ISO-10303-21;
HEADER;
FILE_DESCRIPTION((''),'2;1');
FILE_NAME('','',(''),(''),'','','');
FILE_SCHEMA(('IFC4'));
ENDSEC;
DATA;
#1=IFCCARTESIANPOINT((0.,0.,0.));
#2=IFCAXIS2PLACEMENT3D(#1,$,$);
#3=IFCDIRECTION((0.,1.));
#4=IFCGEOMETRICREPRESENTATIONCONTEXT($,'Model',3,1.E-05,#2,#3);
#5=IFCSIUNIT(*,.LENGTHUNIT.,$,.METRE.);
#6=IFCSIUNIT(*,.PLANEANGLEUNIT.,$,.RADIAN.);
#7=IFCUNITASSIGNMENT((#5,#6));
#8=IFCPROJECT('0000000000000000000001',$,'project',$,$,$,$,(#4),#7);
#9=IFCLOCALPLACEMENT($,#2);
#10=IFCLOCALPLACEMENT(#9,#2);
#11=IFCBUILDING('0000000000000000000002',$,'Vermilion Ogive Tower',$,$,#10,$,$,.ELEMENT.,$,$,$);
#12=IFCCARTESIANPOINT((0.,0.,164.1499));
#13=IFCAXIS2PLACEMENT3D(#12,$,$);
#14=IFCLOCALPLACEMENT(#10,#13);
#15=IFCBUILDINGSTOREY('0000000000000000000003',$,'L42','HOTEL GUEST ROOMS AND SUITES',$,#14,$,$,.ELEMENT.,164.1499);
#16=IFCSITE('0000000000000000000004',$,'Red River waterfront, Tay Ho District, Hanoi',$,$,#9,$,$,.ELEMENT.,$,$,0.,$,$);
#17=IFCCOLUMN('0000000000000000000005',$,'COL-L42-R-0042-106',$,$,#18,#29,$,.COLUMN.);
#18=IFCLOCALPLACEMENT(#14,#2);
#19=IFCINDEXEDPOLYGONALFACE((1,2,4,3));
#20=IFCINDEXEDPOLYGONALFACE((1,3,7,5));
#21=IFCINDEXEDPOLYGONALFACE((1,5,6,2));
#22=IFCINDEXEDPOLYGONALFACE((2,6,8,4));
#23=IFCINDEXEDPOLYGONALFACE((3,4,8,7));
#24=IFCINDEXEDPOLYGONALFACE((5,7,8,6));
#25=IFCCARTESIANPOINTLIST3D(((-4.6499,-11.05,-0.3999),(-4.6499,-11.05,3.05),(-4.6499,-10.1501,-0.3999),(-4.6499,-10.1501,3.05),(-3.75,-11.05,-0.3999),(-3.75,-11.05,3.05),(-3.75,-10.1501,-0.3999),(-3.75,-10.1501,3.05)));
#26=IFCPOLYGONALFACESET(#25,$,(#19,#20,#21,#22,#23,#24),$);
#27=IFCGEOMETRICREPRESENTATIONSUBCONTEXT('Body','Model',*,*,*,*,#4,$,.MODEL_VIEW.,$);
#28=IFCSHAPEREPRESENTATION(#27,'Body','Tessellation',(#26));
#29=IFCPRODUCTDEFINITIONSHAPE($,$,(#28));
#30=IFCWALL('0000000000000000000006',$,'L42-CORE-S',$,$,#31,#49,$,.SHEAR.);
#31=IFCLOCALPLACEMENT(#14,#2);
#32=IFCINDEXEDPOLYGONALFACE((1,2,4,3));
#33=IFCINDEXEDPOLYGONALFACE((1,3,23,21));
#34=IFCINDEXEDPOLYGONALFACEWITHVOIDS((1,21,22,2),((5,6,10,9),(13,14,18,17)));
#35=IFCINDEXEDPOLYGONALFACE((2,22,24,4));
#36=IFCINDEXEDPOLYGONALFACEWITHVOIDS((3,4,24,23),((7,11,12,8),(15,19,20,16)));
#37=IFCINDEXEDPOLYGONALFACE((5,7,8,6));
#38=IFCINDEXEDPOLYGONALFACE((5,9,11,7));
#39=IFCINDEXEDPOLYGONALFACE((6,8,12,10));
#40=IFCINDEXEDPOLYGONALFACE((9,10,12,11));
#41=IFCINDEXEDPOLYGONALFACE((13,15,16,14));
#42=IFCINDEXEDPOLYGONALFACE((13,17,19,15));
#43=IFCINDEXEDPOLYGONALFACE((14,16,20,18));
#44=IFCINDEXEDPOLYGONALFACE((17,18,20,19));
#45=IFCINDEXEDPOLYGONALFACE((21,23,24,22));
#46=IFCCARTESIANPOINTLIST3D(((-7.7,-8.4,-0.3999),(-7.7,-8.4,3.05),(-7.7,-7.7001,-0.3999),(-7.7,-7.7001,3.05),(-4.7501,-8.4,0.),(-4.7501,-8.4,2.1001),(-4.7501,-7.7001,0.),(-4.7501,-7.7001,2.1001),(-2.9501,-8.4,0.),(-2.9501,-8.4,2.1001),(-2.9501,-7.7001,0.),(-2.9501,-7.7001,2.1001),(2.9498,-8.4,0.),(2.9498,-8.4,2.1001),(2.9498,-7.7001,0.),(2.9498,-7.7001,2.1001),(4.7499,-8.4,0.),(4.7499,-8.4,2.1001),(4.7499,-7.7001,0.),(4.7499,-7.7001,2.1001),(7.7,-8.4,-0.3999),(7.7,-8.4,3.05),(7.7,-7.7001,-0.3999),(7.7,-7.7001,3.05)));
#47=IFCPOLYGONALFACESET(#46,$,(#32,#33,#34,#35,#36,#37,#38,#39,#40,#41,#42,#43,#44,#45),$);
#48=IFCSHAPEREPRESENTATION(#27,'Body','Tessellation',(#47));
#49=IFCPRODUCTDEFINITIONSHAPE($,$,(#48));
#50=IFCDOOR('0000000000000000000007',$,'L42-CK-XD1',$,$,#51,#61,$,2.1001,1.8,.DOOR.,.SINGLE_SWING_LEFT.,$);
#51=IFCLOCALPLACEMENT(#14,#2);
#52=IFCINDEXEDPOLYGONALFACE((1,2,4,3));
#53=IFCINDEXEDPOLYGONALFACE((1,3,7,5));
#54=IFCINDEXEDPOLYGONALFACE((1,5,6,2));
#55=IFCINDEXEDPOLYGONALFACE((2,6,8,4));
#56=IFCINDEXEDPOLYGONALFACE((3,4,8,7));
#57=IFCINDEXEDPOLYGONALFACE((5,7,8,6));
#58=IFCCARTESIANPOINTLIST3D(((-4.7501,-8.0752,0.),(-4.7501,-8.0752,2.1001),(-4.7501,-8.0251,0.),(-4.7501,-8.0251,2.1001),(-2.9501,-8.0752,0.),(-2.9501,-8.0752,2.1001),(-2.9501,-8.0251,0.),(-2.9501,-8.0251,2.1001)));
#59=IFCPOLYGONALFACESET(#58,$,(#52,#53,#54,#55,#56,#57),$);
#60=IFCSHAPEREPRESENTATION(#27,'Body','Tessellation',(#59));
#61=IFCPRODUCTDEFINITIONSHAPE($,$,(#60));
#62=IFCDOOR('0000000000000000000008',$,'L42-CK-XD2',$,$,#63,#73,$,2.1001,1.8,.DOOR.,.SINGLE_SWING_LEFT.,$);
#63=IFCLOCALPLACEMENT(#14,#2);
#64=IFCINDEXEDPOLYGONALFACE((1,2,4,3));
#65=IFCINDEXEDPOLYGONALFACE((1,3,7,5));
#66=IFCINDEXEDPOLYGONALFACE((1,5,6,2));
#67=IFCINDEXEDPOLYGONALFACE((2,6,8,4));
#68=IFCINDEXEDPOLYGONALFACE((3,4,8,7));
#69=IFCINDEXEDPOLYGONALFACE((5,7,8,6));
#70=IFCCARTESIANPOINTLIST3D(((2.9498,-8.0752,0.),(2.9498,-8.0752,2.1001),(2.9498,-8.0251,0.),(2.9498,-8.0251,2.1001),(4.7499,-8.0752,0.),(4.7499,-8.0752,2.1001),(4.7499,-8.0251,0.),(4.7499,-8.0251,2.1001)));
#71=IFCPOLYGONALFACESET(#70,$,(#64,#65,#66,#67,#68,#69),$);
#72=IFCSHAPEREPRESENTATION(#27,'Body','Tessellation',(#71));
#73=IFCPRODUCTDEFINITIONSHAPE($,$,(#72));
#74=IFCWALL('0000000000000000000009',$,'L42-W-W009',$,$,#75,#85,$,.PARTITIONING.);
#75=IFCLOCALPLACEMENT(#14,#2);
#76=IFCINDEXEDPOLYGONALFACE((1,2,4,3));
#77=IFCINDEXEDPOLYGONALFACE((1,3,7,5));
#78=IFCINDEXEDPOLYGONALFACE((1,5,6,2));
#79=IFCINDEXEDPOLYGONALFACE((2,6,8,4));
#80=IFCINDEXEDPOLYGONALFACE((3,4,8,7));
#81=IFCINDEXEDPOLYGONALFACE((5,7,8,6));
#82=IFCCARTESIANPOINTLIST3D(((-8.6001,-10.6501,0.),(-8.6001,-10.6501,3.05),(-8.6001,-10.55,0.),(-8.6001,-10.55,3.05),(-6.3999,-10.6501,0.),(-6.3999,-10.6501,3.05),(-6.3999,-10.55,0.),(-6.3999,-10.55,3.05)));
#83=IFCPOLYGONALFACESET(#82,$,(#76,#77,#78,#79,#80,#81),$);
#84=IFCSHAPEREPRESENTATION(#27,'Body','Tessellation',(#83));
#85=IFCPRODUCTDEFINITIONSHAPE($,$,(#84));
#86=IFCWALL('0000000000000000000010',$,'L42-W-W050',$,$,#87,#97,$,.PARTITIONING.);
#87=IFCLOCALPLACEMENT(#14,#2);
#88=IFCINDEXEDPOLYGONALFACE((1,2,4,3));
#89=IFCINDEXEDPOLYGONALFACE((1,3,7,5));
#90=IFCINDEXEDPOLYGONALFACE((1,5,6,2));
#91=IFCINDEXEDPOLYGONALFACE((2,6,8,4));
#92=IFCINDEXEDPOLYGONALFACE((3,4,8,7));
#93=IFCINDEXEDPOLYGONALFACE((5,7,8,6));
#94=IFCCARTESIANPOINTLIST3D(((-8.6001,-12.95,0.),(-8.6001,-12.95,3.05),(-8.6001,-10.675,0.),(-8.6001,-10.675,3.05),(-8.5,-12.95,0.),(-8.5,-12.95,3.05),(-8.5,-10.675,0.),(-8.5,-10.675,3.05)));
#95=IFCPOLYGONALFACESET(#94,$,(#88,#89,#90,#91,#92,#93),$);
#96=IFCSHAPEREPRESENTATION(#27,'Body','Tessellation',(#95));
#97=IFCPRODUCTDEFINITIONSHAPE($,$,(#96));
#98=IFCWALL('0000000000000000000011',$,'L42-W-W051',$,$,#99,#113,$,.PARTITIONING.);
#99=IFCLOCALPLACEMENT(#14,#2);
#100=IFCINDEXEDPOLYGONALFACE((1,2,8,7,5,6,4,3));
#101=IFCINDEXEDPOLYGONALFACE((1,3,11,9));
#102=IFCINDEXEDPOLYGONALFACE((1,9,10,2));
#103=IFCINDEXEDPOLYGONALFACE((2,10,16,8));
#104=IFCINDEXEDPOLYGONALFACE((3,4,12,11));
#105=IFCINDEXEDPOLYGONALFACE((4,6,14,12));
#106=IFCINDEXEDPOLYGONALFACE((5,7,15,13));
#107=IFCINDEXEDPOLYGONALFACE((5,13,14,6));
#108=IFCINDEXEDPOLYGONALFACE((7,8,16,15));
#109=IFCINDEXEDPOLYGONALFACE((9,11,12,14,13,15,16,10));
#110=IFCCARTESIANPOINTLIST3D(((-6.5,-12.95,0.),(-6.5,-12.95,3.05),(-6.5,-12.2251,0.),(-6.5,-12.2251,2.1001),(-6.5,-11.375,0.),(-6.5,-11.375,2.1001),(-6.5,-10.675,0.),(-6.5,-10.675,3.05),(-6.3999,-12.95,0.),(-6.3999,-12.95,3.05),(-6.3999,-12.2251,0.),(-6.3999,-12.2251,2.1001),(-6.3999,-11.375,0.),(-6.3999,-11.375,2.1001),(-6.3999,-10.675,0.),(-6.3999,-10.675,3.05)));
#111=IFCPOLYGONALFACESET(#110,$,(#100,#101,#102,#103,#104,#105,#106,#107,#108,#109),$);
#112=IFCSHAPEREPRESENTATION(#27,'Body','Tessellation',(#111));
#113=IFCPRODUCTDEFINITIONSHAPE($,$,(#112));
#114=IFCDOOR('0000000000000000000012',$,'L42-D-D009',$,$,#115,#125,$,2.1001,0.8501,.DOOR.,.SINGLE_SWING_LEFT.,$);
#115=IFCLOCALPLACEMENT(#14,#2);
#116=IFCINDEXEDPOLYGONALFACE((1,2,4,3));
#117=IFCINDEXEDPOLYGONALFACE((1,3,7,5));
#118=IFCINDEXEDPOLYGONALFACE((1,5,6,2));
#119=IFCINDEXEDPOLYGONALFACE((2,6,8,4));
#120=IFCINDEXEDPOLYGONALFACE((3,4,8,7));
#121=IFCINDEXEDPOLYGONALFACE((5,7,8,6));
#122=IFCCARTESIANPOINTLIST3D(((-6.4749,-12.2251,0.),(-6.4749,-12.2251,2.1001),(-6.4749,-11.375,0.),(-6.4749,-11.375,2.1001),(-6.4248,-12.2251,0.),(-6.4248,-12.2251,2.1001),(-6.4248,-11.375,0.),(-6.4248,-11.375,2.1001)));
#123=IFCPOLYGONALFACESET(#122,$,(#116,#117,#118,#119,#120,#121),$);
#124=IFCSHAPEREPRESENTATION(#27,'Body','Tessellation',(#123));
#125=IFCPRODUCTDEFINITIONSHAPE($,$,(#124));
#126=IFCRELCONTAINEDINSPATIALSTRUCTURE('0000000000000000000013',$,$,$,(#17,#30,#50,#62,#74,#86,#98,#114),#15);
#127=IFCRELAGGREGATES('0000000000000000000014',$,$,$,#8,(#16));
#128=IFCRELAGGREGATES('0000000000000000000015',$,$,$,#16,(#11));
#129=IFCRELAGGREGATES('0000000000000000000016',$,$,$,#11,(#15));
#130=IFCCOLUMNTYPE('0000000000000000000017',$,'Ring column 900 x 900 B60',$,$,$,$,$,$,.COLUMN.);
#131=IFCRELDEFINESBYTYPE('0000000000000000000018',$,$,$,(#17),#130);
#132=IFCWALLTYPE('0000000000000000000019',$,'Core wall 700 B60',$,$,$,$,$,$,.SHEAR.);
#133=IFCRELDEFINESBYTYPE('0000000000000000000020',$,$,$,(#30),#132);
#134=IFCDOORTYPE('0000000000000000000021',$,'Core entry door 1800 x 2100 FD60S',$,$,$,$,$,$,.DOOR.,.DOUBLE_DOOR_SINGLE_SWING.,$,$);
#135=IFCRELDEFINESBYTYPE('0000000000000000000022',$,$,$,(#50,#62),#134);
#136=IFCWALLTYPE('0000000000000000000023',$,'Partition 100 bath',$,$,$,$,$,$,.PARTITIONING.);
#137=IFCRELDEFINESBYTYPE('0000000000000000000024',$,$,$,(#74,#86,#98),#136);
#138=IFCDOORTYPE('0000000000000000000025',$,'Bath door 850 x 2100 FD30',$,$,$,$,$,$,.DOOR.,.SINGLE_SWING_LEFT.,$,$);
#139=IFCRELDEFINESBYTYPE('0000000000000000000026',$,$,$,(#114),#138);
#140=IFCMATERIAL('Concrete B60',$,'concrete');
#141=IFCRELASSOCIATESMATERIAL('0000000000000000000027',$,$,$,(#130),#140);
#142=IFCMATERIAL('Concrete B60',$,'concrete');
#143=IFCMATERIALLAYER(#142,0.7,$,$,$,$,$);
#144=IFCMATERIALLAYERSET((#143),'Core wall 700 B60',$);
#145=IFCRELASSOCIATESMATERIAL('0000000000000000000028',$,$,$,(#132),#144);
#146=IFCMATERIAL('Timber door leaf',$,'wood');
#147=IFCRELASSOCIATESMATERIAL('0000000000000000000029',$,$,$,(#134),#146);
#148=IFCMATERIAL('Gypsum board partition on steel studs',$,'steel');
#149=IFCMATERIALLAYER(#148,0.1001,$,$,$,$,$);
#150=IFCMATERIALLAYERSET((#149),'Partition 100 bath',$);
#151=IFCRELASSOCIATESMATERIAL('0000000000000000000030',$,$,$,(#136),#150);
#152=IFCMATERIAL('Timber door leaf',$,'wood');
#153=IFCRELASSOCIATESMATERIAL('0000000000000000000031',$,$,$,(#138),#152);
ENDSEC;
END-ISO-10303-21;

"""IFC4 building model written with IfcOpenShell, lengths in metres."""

from ifc_helpers import new_model, si_unit, direction, frame, frame_2d, origin, origin_2d, place, context, subcontext, project, spatial, rectangle, extrude, material, layer, layer_set, material_profile, profile_set, type_object, element, fill, save


model = new_model("IFC4")

# Units and contexts
model_context = context("Model", 3, precision=1e-05, world=origin(), true_north=direction((0.0, 1.0)))
body_context = subcontext(model_context, "Body", "Model", "MODEL_VIEW")
ifc_project = project(units=[si_unit("LENGTHUNIT", "METRE"), si_unit("PLANEANGLEUNIT", "RADIAN")], contexts=[model_context])

# Site, building, storey
site_placement = place(None, origin())
site = spatial("IfcSite", under=ifc_project, at=site_placement, Name="Red River waterfront, Tay Ho District, Hanoi", CompositionType="ELEMENT", RefElevation=0.0)
building_placement = place(site_placement, origin())
building = spatial("IfcBuilding", under=site, at=building_placement, Name="Vermilion Ogive Tower", CompositionType="ELEMENT")
storey_placement = place(building_placement, frame((0.0, 0.0, 164.1499)))
storey = spatial("IfcBuildingStorey", under=building, at=storey_placement, Name="L42", Description="HOTEL GUEST ROOMS AND SUITES", CompositionType="ELEMENT", Elevation=164.1499)

# Column
ifc_material_1 = material(Name="Concrete B60", Category="concrete")
ifc_material_profile = material_profile(ifc_material_1, rectangle(XDim=0.8999, YDim=0.8999, at=origin_2d()), Name="900 x 900")
ifc_profile_set = profile_set([ifc_material_profile], Name="Concrete B60")
column_type = type_object("IfcColumnType", Name="Ring column 900 x 900 B60", PredefinedType="COLUMN", material=ifc_profile_set)
column_placement = place(storey_placement, frame((-4.2, -10.6001, -0.3999), z_axis=(0.0, 0.0, 1.0), x_axis=(1.0, 0.0, 0.0)))
element("IfcColumn", 1, at=column_placement, inside=storey, type_object=column_type, Name="COL-L42-R-0042-106", PredefinedType="COLUMN", context=body_context, shape_type="SweptSolid", body=[
    extrude(rectangle(XDim=0.8999, YDim=0.8999, at=origin_2d()), origin(), (0.0, 0.0, 1.0), 3.45),
])

# Wall, openings, doors
ifc_material_2 = material(Name="Concrete B60", Category="concrete")
ifc_layer_1 = layer(ifc_material_2, 0.7)
ifc_layer_set_1 = layer_set([ifc_layer_1], Name="Core wall 700 B60")
wall_type_1 = type_object("IfcWallType", Name="Core wall 700 B60", PredefinedType="SHEAR", material=ifc_layer_set_1)
wall_1_placement = place(storey_placement, frame((-7.7, -8.05, -0.3999), z_axis=(0.0, 0.0, 1.0), x_axis=(1.0, 0.0, 0.0)))
wall_1 = element("IfcWall", 2, at=wall_1_placement, inside=storey, type_object=wall_type_1, Name="L42-CORE-S", PredefinedType="SHEAR", context=body_context, shape_type="SweptSolid", body=[
    extrude(rectangle(XDim=15.3999, YDim=0.7, at=frame_2d((7.7, 0.0))), origin(), (0.0, 0.0, 1.0), 3.45),
])
opening_1_placement = place(wall_1_placement, frame((2.95, 0.0, 0.3999)))
opening_1 = element("IfcOpeningElement", 3, at=opening_1_placement, cuts=wall_1, PredefinedType="OPENING", context=body_context, shape_type="SweptSolid", body=[
    extrude(rectangle(XDim=1.8, YDim=2.1001, at=frame_2d((0.8999, 1.05))), frame((0.0, 0.3599, 0.0), z_axis=(0.0, -1.0, 0.0), x_axis=(1.0, 0.0, 0.0)), (0.0, 0.0, 1.0), 0.72),
])
opening_2_placement = place(wall_1_placement, frame((10.6499, 0.0, 0.3999)))
opening_2 = element("IfcOpeningElement", 4, at=opening_2_placement, cuts=wall_1, PredefinedType="OPENING", context=body_context, shape_type="SweptSolid", body=[
    extrude(rectangle(XDim=1.8, YDim=2.1001, at=frame_2d((0.8999, 1.05))), frame((0.0, 0.3599, 0.0), z_axis=(0.0, -1.0, 0.0), x_axis=(1.0, 0.0, 0.0)), (0.0, 0.0, 1.0), 0.72),
])
ifc_material_3 = material(Name="Timber door leaf", Category="wood")
door_type_1 = type_object("IfcDoorType", Name="Core entry door 1800 x 2100 FD60S", OperationType="DOUBLE_DOOR_SINGLE_SWING", PredefinedType="DOOR", material=ifc_material_3)
door_1_placement = place(opening_1_placement, origin())
door_1 = element("IfcDoor", 5, at=door_1_placement, inside=storey, type_object=door_type_1, Name="L42-CK-XD1", OperationType="SINGLE_SWING_LEFT", OverallHeight=2.1001, OverallWidth=1.8, PredefinedType="DOOR", context=body_context, shape_type="SweptSolid", body=[
    extrude(rectangle(XDim=1.8, YDim=2.1001, at=frame_2d((0.8999, 1.05))), frame((0.0, 0.0249, 0.0), z_axis=(0.0, -1.0, 0.0), x_axis=(1.0, 0.0, 0.0)), (0.0, 0.0, 1.0), 0.05),
])
fill(opening_1, door_1)
door_2_placement = place(opening_2_placement, origin())
door_2 = element("IfcDoor", 6, at=door_2_placement, inside=storey, type_object=door_type_1, Name="L42-CK-XD2", OperationType="SINGLE_SWING_LEFT", OverallHeight=2.1001, OverallWidth=1.8, PredefinedType="DOOR", context=body_context, shape_type="SweptSolid", body=[
    extrude(rectangle(XDim=1.8, YDim=2.1001, at=frame_2d((0.8999, 1.05))), frame((0.0, 0.0249, 0.0), z_axis=(0.0, -1.0, 0.0), x_axis=(1.0, 0.0, 0.0)), (0.0, 0.0, 1.0), 0.05),
])
fill(opening_2, door_2)

# Walls
ifc_material_4 = material(Name="Gypsum board partition on steel studs", Category="steel")
ifc_layer_2 = layer(ifc_material_4, 0.1001)
ifc_layer_set_2 = layer_set([ifc_layer_2], Name="Partition 100 bath")
wall_type_2 = type_object("IfcWallType", Name="Partition 100 bath", PredefinedType="PARTITIONING", material=ifc_layer_set_2)
wall_2_placement = place(storey_placement, frame((-8.6001, -10.6001, 0.0), z_axis=(0.0, 0.0, 1.0), x_axis=(1.0, 0.0, 0.0)))
element("IfcWall", 7, at=wall_2_placement, inside=storey, type_object=wall_type_2, Name="L42-W-W009", PredefinedType="PARTITIONING", context=body_context, shape_type="SweptSolid", body=[
    extrude(rectangle(XDim=2.2002, YDim=0.1001, at=frame_2d((1.1001, 0.0))), origin(), (0.0, 0.0, 1.0), 3.05),
])
wall_3_placement = place(storey_placement, frame((-8.55, -12.95, 0.0), z_axis=(0.0, 0.0, 1.0), x_axis=(0.0, 1.0, 0.0)))
element("IfcWall", 8, at=wall_3_placement, inside=storey, type_object=wall_type_2, Name="L42-W-W050", PredefinedType="PARTITIONING", context=body_context, shape_type="SweptSolid", body=[
    extrude(rectangle(XDim=2.2749, YDim=0.1001, at=frame_2d((1.1375, 0.0))), origin(), (0.0, 0.0, 1.0), 3.05),
])

# Wall, opening, door
wall_4_placement = place(storey_placement, frame((-6.45, -12.95, 0.0), z_axis=(0.0, 0.0, 1.0), x_axis=(0.0, 1.0, 0.0)))
wall_4 = element("IfcWall", 9, at=wall_4_placement, inside=storey, type_object=wall_type_2, Name="L42-W-W051", PredefinedType="PARTITIONING", context=body_context, shape_type="SweptSolid", body=[
    extrude(rectangle(XDim=2.2749, YDim=0.1001, at=frame_2d((1.1375, 0.0))), origin(), (0.0, 0.0, 1.0), 3.05),
])
opening_3_placement = place(wall_4_placement, frame((0.7249, 0.0, 0.0)))
opening_3 = element("IfcOpeningElement", 10, at=opening_3_placement, cuts=wall_4, PredefinedType="OPENING", context=body_context, shape_type="SweptSolid", body=[
    extrude(rectangle(XDim=0.8501, YDim=2.1001, at=frame_2d((0.425, 1.05))), frame((0.0, 0.0601, 0.0), z_axis=(0.0, -1.0, 0.0), x_axis=(1.0, 0.0, 0.0)), (0.0, 0.0, 1.0), 0.1201),
])
ifc_material_5 = material(Name="Timber door leaf", Category="wood")
door_type_2 = type_object("IfcDoorType", Name="Bath door 850 x 2100 FD30", OperationType="SINGLE_SWING_LEFT", PredefinedType="DOOR", material=ifc_material_5)
door_3_placement = place(opening_3_placement, origin())
door_3 = element("IfcDoor", 11, at=door_3_placement, inside=storey, type_object=door_type_2, Name="L42-D-D009", OperationType="SINGLE_SWING_LEFT", OverallHeight=2.1001, OverallWidth=0.8501, PredefinedType="DOOR", context=body_context, shape_type="SweptSolid", body=[
    extrude(rectangle(XDim=0.8501, YDim=2.1001, at=frame_2d((0.425, 1.05))), frame((0.0, 0.0249, 0.0), z_axis=(0.0, -1.0, 0.0), x_axis=(1.0, 0.0, 0.0)), (0.0, 0.0, 1.0), 0.05),
])
fill(opening_3, door_3)

save(model, "model.ifc")
